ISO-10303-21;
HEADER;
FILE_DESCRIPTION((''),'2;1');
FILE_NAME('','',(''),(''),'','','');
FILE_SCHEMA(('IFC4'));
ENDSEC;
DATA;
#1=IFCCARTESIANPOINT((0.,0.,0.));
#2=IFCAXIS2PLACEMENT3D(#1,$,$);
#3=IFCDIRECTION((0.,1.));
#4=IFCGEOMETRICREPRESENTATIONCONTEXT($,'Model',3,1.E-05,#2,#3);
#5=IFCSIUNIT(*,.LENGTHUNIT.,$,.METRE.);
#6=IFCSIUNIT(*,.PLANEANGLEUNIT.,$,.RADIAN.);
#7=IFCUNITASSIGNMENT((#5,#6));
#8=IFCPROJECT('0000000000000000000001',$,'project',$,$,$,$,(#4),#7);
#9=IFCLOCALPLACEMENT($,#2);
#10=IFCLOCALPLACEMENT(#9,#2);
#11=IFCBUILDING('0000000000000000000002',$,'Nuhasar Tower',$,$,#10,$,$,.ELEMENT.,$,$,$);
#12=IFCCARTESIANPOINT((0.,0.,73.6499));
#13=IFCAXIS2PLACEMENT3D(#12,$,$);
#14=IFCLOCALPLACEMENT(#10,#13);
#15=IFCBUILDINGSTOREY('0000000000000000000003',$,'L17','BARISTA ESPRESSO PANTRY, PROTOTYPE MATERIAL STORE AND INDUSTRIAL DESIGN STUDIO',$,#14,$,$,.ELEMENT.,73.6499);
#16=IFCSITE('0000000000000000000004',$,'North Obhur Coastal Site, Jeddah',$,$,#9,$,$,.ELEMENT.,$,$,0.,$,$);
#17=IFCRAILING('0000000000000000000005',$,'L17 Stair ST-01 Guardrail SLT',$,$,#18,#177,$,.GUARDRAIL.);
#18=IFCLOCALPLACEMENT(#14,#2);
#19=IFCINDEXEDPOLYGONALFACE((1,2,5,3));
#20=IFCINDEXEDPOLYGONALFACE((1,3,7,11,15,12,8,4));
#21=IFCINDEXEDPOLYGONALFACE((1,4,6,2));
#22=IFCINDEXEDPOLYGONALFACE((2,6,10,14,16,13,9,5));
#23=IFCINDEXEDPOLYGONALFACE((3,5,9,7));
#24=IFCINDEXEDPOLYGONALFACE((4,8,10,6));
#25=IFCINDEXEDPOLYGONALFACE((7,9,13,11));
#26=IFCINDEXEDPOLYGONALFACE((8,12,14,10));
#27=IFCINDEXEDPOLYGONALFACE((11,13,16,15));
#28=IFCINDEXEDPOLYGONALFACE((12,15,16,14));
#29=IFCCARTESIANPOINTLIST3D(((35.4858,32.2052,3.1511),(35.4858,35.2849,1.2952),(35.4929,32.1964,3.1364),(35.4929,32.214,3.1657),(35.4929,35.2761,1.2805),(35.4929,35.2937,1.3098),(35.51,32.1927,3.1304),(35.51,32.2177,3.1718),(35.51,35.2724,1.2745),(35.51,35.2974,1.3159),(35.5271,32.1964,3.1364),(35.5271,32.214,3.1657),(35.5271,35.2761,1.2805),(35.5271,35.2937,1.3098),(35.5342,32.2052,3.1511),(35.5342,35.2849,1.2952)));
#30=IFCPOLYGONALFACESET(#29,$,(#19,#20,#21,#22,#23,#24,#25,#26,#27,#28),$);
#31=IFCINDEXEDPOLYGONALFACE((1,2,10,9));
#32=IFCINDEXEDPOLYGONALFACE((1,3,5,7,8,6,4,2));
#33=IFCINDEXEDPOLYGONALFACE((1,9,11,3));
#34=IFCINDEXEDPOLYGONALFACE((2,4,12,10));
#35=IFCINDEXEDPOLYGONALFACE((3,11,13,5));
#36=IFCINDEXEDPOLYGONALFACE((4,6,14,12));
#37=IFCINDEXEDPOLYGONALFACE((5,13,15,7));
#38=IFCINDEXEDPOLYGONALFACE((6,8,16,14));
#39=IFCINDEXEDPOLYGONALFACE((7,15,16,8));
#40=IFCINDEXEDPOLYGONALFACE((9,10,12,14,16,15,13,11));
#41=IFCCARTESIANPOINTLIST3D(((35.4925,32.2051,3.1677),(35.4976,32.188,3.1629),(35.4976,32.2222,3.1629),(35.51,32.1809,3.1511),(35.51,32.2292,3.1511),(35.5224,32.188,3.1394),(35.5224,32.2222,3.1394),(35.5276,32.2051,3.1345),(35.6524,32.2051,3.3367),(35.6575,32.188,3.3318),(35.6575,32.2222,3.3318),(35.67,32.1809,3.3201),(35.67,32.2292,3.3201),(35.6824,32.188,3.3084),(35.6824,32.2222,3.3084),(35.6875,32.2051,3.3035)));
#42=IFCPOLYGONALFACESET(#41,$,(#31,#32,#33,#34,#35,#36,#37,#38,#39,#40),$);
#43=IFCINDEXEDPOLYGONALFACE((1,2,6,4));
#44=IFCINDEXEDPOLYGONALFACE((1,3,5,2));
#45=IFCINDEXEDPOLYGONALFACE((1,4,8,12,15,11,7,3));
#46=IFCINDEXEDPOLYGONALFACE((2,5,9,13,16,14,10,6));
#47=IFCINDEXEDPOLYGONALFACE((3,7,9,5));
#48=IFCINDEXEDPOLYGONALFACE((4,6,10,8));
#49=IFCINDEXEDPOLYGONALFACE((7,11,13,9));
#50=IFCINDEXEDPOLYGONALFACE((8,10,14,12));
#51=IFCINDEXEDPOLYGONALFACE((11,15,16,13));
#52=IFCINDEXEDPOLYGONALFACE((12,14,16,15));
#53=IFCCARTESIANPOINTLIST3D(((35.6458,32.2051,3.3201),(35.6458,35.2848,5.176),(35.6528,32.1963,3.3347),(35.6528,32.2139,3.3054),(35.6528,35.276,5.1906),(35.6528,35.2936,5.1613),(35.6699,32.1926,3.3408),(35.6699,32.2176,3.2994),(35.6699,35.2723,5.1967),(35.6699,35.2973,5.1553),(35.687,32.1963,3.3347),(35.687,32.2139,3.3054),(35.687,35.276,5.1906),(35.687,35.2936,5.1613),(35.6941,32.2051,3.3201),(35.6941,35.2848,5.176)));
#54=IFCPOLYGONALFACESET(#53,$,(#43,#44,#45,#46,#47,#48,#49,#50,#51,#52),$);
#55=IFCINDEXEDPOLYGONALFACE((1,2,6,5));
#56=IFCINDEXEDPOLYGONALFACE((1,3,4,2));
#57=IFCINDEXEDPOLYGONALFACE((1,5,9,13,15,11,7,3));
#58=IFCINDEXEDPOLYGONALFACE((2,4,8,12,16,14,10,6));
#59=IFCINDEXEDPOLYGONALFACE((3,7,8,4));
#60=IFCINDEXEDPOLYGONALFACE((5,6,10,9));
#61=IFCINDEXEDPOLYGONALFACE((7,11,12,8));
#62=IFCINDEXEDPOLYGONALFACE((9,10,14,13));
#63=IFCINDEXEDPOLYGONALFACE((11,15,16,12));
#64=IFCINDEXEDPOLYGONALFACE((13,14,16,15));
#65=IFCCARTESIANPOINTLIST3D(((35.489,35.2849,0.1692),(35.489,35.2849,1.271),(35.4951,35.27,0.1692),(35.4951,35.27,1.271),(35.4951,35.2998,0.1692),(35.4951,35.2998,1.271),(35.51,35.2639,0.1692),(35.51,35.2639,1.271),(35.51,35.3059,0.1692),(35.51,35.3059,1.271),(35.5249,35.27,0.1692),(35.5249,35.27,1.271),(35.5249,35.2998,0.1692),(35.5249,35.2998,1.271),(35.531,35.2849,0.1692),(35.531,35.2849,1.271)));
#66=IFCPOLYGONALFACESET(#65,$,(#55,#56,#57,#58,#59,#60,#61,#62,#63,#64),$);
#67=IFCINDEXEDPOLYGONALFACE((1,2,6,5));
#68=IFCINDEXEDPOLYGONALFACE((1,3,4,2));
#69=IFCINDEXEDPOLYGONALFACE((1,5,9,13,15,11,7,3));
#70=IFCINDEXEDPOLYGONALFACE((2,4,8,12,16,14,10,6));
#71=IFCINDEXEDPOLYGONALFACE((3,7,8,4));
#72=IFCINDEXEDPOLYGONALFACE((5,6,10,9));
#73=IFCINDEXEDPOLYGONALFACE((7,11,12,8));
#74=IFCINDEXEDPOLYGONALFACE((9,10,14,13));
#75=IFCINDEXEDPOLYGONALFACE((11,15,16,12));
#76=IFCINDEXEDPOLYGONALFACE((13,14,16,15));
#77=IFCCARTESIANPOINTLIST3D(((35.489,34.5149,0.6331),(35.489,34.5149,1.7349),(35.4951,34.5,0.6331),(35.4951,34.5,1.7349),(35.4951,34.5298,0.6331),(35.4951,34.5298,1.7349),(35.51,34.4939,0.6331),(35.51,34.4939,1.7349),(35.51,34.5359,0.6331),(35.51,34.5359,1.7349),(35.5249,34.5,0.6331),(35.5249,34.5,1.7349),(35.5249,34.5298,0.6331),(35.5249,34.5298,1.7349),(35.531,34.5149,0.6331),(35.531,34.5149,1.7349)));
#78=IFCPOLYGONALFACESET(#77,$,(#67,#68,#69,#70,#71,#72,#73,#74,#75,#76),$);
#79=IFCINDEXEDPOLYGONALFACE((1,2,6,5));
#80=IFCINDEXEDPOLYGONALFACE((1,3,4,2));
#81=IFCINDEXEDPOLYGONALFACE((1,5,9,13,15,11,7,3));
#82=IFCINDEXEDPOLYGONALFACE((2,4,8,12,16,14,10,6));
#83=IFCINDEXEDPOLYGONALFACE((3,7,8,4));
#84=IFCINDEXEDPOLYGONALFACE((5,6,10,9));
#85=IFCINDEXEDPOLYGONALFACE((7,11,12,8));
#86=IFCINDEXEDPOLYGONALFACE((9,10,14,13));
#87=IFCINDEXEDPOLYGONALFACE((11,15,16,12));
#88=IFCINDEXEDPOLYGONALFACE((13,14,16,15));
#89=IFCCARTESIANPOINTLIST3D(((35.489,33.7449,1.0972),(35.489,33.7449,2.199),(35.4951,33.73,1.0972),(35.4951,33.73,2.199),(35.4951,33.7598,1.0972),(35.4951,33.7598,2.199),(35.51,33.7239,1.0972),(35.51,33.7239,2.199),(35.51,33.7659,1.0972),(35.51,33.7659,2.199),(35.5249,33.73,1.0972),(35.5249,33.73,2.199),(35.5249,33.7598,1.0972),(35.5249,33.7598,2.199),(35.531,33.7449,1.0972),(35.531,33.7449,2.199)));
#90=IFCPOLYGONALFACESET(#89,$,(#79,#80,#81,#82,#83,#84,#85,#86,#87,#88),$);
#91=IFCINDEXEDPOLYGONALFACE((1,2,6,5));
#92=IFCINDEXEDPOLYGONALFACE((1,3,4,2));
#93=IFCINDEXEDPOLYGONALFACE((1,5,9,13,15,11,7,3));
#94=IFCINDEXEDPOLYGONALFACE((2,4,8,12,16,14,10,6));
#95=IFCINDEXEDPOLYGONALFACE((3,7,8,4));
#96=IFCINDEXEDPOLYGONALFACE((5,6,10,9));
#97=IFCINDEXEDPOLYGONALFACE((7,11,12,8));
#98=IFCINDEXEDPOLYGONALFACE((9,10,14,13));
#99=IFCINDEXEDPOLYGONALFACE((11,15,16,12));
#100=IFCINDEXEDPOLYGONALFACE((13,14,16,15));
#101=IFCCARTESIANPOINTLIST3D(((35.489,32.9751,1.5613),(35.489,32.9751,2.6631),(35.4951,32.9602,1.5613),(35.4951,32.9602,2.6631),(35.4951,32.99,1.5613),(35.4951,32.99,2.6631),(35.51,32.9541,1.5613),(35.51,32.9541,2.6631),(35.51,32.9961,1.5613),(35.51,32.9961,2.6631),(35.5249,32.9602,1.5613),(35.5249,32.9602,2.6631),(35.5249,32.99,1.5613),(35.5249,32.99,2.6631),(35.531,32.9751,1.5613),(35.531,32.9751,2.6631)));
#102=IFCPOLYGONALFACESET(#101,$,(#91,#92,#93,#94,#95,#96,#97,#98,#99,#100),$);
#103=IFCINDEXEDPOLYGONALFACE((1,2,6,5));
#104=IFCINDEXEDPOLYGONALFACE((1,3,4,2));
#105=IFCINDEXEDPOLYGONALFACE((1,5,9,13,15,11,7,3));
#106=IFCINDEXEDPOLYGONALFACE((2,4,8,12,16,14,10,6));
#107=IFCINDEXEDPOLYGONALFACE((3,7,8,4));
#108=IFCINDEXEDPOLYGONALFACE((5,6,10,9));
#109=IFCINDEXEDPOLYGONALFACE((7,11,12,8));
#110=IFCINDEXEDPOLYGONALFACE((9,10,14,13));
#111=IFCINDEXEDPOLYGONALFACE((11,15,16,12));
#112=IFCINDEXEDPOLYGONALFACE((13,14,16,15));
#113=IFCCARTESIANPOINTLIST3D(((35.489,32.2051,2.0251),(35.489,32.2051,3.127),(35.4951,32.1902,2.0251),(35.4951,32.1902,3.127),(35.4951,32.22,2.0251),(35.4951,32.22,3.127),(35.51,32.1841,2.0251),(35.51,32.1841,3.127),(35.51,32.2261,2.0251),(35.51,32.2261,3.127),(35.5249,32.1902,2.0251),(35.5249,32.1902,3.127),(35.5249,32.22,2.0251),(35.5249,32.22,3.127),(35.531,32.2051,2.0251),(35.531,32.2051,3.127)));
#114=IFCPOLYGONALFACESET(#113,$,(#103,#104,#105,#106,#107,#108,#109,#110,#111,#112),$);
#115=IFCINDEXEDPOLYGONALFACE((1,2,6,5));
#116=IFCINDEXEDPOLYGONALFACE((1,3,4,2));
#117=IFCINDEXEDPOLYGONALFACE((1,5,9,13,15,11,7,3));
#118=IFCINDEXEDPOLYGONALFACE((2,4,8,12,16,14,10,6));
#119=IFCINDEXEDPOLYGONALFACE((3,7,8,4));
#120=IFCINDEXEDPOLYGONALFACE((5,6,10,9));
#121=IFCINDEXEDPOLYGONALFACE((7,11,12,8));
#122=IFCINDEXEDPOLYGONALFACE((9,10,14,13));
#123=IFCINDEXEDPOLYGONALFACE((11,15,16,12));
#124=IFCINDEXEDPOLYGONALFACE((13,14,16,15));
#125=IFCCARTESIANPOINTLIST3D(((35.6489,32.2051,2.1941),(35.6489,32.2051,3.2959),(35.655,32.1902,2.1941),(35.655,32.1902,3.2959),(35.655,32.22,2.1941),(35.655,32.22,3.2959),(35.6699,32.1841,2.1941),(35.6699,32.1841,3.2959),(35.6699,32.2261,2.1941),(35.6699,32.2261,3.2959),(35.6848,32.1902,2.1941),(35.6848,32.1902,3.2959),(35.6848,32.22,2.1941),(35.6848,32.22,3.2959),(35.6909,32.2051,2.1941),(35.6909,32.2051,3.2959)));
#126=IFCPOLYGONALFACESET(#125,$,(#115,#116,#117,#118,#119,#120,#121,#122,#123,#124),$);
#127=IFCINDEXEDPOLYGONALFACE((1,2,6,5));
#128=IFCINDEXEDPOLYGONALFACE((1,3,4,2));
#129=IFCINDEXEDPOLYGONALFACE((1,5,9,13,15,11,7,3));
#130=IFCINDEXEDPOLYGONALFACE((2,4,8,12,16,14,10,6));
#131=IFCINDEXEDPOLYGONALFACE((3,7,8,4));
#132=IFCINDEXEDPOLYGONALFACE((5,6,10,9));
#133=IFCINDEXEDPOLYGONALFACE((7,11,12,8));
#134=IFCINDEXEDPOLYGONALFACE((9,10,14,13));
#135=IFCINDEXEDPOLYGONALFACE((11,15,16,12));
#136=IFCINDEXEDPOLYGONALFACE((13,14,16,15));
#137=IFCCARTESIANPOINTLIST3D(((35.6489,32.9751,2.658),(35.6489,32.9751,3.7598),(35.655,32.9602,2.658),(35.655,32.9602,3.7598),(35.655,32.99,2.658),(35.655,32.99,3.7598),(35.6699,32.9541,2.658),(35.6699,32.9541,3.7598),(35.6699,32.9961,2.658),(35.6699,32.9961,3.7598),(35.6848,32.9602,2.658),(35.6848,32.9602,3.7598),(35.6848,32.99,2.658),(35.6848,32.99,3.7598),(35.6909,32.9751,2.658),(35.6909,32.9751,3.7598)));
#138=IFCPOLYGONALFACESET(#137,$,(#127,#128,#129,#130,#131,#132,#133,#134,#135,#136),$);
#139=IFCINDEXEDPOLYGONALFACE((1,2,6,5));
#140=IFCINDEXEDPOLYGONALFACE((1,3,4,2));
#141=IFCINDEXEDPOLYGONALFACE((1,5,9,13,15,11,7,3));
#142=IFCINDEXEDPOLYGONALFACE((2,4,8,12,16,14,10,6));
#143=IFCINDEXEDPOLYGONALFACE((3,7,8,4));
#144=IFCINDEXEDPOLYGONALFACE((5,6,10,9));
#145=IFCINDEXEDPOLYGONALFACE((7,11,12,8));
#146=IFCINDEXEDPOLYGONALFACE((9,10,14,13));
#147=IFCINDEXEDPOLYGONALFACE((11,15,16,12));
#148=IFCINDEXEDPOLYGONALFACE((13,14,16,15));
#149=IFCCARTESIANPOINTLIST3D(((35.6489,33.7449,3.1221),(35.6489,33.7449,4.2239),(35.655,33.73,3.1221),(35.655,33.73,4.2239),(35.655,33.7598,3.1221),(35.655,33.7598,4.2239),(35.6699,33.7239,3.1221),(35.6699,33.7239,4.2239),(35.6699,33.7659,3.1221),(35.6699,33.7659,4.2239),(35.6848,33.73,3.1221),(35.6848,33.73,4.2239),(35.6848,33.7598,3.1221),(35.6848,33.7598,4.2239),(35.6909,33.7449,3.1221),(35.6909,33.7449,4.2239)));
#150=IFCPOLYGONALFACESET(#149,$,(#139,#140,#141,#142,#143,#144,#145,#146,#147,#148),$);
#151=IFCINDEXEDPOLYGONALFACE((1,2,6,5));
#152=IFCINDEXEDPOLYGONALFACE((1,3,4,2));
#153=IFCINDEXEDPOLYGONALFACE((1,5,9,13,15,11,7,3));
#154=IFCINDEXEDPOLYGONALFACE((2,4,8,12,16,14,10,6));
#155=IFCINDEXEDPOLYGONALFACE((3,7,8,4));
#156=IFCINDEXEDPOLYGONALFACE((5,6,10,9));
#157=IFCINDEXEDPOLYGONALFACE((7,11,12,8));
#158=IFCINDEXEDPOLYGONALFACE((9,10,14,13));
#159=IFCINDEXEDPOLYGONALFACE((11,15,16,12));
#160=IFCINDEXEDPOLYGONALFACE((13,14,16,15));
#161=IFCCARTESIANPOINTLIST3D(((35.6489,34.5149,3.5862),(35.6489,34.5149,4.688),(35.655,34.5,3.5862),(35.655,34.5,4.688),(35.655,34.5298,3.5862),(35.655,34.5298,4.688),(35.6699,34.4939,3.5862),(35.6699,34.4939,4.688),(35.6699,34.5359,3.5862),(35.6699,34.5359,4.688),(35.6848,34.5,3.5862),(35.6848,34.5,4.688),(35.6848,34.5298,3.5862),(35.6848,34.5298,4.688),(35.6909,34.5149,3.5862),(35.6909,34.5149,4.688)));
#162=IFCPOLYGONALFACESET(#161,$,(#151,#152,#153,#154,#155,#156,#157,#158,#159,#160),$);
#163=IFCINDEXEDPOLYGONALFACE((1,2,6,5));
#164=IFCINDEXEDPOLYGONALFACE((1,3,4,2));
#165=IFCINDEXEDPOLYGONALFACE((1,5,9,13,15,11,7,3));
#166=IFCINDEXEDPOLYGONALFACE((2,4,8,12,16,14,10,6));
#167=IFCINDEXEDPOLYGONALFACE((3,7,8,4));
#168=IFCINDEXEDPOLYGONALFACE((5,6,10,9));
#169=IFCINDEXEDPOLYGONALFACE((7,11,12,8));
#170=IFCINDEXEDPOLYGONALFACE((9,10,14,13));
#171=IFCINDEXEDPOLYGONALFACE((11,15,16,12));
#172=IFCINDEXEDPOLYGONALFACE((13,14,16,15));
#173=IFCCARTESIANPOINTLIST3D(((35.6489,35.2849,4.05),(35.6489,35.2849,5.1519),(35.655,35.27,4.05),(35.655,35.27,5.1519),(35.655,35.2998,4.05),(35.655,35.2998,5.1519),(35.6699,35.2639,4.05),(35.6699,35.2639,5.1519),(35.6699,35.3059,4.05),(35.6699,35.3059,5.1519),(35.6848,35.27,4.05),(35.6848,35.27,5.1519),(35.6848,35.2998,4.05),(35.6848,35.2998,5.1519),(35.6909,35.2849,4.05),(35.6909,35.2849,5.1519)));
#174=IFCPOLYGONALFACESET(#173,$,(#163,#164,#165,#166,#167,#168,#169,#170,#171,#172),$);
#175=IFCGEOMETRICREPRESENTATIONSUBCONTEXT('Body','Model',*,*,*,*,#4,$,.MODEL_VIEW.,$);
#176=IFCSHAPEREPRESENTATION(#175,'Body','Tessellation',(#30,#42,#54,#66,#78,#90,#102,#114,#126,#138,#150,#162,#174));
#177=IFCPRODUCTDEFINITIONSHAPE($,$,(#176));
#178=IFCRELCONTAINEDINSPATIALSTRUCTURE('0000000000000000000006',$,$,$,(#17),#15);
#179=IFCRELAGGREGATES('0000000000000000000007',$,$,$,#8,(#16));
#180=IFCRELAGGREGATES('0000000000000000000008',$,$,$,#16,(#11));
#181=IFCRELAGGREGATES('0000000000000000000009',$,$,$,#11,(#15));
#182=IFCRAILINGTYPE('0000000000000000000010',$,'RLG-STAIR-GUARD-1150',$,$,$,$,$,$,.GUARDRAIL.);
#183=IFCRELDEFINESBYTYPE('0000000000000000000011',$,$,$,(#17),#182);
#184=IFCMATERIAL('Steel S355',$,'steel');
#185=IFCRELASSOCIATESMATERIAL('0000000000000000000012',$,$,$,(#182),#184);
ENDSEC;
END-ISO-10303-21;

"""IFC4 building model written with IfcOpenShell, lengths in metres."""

from ifc_helpers import new_model, si_unit, direction, frame, origin, place, context, subcontext, project, spatial, polyline, outline, extrude, material, type_object, element, save


model = new_model("IFC4")

# Units and contexts
model_context = context("Model", 3, precision=1e-05, world=origin(), true_north=direction((0.0, 1.0)))
body_context = subcontext(model_context, "Body", "Model", "MODEL_VIEW")
ifc_project = project(units=[si_unit("LENGTHUNIT", "METRE"), si_unit("PLANEANGLEUNIT", "RADIAN")], contexts=[model_context])

# Site, building, storey
site_placement = place(None, origin())
site = spatial("IfcSite", under=ifc_project, at=site_placement, Name="North Obhur Coastal Site, Jeddah", CompositionType="ELEMENT", RefElevation=0.0)
building_placement = place(site_placement, origin())
building = spatial("IfcBuilding", under=site, at=building_placement, Name="Nuhasar Tower", CompositionType="ELEMENT")
storey_placement = place(building_placement, frame((0.0, 0.0, 73.6499)))
storey = spatial("IfcBuildingStorey", under=building, at=storey_placement, Name="L17", Description="BARISTA ESPRESSO PANTRY, PROTOTYPE MATERIAL STORE AND INDUSTRIAL DESIGN STUDIO", CompositionType="ELEMENT", Elevation=73.6499)

# Shared definitions
ifc_material_1 = material(Name="Steel S355", Category="steel")

# Railing
railing_type_1 = type_object("IfcRailingType", Name="RLG-STAIR-GUARD-1150", PredefinedType="GUARDRAIL", material=ifc_material_1)
railing_1_placement = place(storey_placement, frame((35.51, 35.2849, 0.1692)))
element("IfcRailing", 1, at=railing_1_placement, inside=storey, type_object=railing_type_1, Name="L17 Stair ST-01 Guardrail SLT", PredefinedType="GUARDRAIL", context=body_context, shape_type="SweptSolid", body=[
    extrude(outline(polyline([(0.0242, 0.0), (0.0171, 0.0171), (0.0, 0.0242), (-0.0171, 0.0171), (-0.0242, 0.0), (-0.0171, -0.0171), (0.0, -0.0242), (0.0171, -0.0171), (0.0242, 0.0)])), frame((0.0, 0.0, 1.126), z_axis=(0.0, -0.856503, 0.516142), x_axis=(1.0, 0.0, 0.0)), (0.0, 0.0, 1.0), 3.5957),
    extrude(outline(polyline([(0.0242, 0.0), (0.0171, 0.0171), (0.0, 0.0242), (-0.0171, 0.0171), (-0.0242, 0.0), (-0.0171, -0.0171), (0.0, -0.0242), (0.0171, -0.0171), (0.0242, 0.0)])), frame((0.0, -3.0798, 2.9819), z_axis=(0.687424, 0.0, 0.726256), x_axis=(0.0, 1.0, 0.0)), (0.0, 0.0, 1.0), 0.2327),
    extrude(outline(polyline([(0.0242, 0.0), (0.0171, 0.0171), (0.0, 0.0242), (-0.0171, 0.0171), (-0.0242, 0.0), (-0.0171, -0.0171), (0.0, -0.0242), (0.0171, -0.0171), (0.0242, 0.0)])), frame((0.1599, -3.0798, 3.1509), z_axis=(0.0, 0.856503, 0.516142), x_axis=(-1.0, 0.0, 0.0)), (0.0, 0.0, 1.0), 3.5957),
    extrude(outline(polyline([(0.021, 0.0), (0.0149, 0.0149), (0.0, 0.021), (-0.0149, 0.0149), (-0.021, 0.0), (-0.0149, -0.0149), (0.0, -0.021), (0.0149, -0.0149), (0.021, 0.0)])), origin(), (0.0, 0.0, 1.0), 1.1018),
    extrude(outline(polyline([(0.021, 0.0), (0.0149, 0.0149), (0.0, 0.021), (-0.0149, 0.0149), (-0.021, 0.0), (-0.0149, -0.0149), (0.0, -0.021), (0.0149, -0.0149), (0.021, 0.0)])), frame((0.0, -0.77, 0.4639)), (0.0, 0.0, 1.0), 1.1018),
    extrude(outline(polyline([(0.021, 0.0), (0.0149, 0.0149), (0.0, 0.021), (-0.0149, 0.0149), (-0.021, 0.0), (-0.0149, -0.0149), (0.0, -0.021), (0.0149, -0.0149), (0.021, 0.0)])), frame((0.0, -1.54, 0.928)), (0.0, 0.0, 1.0), 1.1018),
    extrude(outline(polyline([(0.021, 0.0), (0.0149, 0.0149), (0.0, 0.021), (-0.0149, 0.0149), (-0.021, 0.0), (-0.0149, -0.0149), (0.0, -0.021), (0.0149, -0.0149), (0.021, 0.0)])), frame((0.0, -2.3098, 1.3921)), (0.0, 0.0, 1.0), 1.1018),
    extrude(outline(polyline([(0.021, 0.0), (0.0149, 0.0149), (0.0, 0.021), (-0.0149, 0.0149), (-0.021, 0.0), (-0.0149, -0.0149), (0.0, -0.021), (0.0149, -0.0149), (0.021, 0.0)])), frame((0.0, -3.0798, 1.856)), (0.0, 0.0, 1.0), 1.1018),
    extrude(outline(polyline([(0.021, 0.0), (0.0149, 0.0149), (0.0, 0.021), (-0.0149, 0.0149), (-0.021, 0.0), (-0.0149, -0.0149), (0.0, -0.021), (0.0149, -0.0149), (0.021, 0.0)])), frame((0.1599, -3.0798, 2.0249)), (0.0, 0.0, 1.0), 1.1018),
    extrude(outline(polyline([(0.021, 0.0), (0.0149, 0.0149), (0.0, 0.021), (-0.0149, 0.0149), (-0.021, 0.0), (-0.0149, -0.0149), (0.0, -0.021), (0.0149, -0.0149), (0.021, 0.0)])), frame((0.1599, -2.3098, 2.4888)), (0.0, 0.0, 1.0), 1.1018),
    extrude(outline(polyline([(0.021, 0.0), (0.0149, 0.0149), (0.0, 0.021), (-0.0149, 0.0149), (-0.021, 0.0), (-0.0149, -0.0149), (0.0, -0.021), (0.0149, -0.0149), (0.021, 0.0)])), frame((0.1599, -1.54, 2.9529)), (0.0, 0.0, 1.0), 1.1018),
    extrude(outline(polyline([(0.021, 0.0), (0.0149, 0.0149), (0.0, 0.021), (-0.0149, 0.0149), (-0.021, 0.0), (-0.0149, -0.0149), (0.0, -0.021), (0.0149, -0.0149), (0.021, 0.0)])), frame((0.1599, -0.77, 3.417)), (0.0, 0.0, 1.0), 1.1018),
    extrude(outline(polyline([(0.021, 0.0), (0.0149, 0.0149), (0.0, 0.021), (-0.0149, 0.0149), (-0.021, 0.0), (-0.0149, -0.0149), (0.0, -0.021), (0.0149, -0.0149), (0.021, 0.0)])), frame((0.1599, 0.0, 3.8809)), (0.0, 0.0, 1.0), 1.1018),
])

save(model, "model.ifc")
